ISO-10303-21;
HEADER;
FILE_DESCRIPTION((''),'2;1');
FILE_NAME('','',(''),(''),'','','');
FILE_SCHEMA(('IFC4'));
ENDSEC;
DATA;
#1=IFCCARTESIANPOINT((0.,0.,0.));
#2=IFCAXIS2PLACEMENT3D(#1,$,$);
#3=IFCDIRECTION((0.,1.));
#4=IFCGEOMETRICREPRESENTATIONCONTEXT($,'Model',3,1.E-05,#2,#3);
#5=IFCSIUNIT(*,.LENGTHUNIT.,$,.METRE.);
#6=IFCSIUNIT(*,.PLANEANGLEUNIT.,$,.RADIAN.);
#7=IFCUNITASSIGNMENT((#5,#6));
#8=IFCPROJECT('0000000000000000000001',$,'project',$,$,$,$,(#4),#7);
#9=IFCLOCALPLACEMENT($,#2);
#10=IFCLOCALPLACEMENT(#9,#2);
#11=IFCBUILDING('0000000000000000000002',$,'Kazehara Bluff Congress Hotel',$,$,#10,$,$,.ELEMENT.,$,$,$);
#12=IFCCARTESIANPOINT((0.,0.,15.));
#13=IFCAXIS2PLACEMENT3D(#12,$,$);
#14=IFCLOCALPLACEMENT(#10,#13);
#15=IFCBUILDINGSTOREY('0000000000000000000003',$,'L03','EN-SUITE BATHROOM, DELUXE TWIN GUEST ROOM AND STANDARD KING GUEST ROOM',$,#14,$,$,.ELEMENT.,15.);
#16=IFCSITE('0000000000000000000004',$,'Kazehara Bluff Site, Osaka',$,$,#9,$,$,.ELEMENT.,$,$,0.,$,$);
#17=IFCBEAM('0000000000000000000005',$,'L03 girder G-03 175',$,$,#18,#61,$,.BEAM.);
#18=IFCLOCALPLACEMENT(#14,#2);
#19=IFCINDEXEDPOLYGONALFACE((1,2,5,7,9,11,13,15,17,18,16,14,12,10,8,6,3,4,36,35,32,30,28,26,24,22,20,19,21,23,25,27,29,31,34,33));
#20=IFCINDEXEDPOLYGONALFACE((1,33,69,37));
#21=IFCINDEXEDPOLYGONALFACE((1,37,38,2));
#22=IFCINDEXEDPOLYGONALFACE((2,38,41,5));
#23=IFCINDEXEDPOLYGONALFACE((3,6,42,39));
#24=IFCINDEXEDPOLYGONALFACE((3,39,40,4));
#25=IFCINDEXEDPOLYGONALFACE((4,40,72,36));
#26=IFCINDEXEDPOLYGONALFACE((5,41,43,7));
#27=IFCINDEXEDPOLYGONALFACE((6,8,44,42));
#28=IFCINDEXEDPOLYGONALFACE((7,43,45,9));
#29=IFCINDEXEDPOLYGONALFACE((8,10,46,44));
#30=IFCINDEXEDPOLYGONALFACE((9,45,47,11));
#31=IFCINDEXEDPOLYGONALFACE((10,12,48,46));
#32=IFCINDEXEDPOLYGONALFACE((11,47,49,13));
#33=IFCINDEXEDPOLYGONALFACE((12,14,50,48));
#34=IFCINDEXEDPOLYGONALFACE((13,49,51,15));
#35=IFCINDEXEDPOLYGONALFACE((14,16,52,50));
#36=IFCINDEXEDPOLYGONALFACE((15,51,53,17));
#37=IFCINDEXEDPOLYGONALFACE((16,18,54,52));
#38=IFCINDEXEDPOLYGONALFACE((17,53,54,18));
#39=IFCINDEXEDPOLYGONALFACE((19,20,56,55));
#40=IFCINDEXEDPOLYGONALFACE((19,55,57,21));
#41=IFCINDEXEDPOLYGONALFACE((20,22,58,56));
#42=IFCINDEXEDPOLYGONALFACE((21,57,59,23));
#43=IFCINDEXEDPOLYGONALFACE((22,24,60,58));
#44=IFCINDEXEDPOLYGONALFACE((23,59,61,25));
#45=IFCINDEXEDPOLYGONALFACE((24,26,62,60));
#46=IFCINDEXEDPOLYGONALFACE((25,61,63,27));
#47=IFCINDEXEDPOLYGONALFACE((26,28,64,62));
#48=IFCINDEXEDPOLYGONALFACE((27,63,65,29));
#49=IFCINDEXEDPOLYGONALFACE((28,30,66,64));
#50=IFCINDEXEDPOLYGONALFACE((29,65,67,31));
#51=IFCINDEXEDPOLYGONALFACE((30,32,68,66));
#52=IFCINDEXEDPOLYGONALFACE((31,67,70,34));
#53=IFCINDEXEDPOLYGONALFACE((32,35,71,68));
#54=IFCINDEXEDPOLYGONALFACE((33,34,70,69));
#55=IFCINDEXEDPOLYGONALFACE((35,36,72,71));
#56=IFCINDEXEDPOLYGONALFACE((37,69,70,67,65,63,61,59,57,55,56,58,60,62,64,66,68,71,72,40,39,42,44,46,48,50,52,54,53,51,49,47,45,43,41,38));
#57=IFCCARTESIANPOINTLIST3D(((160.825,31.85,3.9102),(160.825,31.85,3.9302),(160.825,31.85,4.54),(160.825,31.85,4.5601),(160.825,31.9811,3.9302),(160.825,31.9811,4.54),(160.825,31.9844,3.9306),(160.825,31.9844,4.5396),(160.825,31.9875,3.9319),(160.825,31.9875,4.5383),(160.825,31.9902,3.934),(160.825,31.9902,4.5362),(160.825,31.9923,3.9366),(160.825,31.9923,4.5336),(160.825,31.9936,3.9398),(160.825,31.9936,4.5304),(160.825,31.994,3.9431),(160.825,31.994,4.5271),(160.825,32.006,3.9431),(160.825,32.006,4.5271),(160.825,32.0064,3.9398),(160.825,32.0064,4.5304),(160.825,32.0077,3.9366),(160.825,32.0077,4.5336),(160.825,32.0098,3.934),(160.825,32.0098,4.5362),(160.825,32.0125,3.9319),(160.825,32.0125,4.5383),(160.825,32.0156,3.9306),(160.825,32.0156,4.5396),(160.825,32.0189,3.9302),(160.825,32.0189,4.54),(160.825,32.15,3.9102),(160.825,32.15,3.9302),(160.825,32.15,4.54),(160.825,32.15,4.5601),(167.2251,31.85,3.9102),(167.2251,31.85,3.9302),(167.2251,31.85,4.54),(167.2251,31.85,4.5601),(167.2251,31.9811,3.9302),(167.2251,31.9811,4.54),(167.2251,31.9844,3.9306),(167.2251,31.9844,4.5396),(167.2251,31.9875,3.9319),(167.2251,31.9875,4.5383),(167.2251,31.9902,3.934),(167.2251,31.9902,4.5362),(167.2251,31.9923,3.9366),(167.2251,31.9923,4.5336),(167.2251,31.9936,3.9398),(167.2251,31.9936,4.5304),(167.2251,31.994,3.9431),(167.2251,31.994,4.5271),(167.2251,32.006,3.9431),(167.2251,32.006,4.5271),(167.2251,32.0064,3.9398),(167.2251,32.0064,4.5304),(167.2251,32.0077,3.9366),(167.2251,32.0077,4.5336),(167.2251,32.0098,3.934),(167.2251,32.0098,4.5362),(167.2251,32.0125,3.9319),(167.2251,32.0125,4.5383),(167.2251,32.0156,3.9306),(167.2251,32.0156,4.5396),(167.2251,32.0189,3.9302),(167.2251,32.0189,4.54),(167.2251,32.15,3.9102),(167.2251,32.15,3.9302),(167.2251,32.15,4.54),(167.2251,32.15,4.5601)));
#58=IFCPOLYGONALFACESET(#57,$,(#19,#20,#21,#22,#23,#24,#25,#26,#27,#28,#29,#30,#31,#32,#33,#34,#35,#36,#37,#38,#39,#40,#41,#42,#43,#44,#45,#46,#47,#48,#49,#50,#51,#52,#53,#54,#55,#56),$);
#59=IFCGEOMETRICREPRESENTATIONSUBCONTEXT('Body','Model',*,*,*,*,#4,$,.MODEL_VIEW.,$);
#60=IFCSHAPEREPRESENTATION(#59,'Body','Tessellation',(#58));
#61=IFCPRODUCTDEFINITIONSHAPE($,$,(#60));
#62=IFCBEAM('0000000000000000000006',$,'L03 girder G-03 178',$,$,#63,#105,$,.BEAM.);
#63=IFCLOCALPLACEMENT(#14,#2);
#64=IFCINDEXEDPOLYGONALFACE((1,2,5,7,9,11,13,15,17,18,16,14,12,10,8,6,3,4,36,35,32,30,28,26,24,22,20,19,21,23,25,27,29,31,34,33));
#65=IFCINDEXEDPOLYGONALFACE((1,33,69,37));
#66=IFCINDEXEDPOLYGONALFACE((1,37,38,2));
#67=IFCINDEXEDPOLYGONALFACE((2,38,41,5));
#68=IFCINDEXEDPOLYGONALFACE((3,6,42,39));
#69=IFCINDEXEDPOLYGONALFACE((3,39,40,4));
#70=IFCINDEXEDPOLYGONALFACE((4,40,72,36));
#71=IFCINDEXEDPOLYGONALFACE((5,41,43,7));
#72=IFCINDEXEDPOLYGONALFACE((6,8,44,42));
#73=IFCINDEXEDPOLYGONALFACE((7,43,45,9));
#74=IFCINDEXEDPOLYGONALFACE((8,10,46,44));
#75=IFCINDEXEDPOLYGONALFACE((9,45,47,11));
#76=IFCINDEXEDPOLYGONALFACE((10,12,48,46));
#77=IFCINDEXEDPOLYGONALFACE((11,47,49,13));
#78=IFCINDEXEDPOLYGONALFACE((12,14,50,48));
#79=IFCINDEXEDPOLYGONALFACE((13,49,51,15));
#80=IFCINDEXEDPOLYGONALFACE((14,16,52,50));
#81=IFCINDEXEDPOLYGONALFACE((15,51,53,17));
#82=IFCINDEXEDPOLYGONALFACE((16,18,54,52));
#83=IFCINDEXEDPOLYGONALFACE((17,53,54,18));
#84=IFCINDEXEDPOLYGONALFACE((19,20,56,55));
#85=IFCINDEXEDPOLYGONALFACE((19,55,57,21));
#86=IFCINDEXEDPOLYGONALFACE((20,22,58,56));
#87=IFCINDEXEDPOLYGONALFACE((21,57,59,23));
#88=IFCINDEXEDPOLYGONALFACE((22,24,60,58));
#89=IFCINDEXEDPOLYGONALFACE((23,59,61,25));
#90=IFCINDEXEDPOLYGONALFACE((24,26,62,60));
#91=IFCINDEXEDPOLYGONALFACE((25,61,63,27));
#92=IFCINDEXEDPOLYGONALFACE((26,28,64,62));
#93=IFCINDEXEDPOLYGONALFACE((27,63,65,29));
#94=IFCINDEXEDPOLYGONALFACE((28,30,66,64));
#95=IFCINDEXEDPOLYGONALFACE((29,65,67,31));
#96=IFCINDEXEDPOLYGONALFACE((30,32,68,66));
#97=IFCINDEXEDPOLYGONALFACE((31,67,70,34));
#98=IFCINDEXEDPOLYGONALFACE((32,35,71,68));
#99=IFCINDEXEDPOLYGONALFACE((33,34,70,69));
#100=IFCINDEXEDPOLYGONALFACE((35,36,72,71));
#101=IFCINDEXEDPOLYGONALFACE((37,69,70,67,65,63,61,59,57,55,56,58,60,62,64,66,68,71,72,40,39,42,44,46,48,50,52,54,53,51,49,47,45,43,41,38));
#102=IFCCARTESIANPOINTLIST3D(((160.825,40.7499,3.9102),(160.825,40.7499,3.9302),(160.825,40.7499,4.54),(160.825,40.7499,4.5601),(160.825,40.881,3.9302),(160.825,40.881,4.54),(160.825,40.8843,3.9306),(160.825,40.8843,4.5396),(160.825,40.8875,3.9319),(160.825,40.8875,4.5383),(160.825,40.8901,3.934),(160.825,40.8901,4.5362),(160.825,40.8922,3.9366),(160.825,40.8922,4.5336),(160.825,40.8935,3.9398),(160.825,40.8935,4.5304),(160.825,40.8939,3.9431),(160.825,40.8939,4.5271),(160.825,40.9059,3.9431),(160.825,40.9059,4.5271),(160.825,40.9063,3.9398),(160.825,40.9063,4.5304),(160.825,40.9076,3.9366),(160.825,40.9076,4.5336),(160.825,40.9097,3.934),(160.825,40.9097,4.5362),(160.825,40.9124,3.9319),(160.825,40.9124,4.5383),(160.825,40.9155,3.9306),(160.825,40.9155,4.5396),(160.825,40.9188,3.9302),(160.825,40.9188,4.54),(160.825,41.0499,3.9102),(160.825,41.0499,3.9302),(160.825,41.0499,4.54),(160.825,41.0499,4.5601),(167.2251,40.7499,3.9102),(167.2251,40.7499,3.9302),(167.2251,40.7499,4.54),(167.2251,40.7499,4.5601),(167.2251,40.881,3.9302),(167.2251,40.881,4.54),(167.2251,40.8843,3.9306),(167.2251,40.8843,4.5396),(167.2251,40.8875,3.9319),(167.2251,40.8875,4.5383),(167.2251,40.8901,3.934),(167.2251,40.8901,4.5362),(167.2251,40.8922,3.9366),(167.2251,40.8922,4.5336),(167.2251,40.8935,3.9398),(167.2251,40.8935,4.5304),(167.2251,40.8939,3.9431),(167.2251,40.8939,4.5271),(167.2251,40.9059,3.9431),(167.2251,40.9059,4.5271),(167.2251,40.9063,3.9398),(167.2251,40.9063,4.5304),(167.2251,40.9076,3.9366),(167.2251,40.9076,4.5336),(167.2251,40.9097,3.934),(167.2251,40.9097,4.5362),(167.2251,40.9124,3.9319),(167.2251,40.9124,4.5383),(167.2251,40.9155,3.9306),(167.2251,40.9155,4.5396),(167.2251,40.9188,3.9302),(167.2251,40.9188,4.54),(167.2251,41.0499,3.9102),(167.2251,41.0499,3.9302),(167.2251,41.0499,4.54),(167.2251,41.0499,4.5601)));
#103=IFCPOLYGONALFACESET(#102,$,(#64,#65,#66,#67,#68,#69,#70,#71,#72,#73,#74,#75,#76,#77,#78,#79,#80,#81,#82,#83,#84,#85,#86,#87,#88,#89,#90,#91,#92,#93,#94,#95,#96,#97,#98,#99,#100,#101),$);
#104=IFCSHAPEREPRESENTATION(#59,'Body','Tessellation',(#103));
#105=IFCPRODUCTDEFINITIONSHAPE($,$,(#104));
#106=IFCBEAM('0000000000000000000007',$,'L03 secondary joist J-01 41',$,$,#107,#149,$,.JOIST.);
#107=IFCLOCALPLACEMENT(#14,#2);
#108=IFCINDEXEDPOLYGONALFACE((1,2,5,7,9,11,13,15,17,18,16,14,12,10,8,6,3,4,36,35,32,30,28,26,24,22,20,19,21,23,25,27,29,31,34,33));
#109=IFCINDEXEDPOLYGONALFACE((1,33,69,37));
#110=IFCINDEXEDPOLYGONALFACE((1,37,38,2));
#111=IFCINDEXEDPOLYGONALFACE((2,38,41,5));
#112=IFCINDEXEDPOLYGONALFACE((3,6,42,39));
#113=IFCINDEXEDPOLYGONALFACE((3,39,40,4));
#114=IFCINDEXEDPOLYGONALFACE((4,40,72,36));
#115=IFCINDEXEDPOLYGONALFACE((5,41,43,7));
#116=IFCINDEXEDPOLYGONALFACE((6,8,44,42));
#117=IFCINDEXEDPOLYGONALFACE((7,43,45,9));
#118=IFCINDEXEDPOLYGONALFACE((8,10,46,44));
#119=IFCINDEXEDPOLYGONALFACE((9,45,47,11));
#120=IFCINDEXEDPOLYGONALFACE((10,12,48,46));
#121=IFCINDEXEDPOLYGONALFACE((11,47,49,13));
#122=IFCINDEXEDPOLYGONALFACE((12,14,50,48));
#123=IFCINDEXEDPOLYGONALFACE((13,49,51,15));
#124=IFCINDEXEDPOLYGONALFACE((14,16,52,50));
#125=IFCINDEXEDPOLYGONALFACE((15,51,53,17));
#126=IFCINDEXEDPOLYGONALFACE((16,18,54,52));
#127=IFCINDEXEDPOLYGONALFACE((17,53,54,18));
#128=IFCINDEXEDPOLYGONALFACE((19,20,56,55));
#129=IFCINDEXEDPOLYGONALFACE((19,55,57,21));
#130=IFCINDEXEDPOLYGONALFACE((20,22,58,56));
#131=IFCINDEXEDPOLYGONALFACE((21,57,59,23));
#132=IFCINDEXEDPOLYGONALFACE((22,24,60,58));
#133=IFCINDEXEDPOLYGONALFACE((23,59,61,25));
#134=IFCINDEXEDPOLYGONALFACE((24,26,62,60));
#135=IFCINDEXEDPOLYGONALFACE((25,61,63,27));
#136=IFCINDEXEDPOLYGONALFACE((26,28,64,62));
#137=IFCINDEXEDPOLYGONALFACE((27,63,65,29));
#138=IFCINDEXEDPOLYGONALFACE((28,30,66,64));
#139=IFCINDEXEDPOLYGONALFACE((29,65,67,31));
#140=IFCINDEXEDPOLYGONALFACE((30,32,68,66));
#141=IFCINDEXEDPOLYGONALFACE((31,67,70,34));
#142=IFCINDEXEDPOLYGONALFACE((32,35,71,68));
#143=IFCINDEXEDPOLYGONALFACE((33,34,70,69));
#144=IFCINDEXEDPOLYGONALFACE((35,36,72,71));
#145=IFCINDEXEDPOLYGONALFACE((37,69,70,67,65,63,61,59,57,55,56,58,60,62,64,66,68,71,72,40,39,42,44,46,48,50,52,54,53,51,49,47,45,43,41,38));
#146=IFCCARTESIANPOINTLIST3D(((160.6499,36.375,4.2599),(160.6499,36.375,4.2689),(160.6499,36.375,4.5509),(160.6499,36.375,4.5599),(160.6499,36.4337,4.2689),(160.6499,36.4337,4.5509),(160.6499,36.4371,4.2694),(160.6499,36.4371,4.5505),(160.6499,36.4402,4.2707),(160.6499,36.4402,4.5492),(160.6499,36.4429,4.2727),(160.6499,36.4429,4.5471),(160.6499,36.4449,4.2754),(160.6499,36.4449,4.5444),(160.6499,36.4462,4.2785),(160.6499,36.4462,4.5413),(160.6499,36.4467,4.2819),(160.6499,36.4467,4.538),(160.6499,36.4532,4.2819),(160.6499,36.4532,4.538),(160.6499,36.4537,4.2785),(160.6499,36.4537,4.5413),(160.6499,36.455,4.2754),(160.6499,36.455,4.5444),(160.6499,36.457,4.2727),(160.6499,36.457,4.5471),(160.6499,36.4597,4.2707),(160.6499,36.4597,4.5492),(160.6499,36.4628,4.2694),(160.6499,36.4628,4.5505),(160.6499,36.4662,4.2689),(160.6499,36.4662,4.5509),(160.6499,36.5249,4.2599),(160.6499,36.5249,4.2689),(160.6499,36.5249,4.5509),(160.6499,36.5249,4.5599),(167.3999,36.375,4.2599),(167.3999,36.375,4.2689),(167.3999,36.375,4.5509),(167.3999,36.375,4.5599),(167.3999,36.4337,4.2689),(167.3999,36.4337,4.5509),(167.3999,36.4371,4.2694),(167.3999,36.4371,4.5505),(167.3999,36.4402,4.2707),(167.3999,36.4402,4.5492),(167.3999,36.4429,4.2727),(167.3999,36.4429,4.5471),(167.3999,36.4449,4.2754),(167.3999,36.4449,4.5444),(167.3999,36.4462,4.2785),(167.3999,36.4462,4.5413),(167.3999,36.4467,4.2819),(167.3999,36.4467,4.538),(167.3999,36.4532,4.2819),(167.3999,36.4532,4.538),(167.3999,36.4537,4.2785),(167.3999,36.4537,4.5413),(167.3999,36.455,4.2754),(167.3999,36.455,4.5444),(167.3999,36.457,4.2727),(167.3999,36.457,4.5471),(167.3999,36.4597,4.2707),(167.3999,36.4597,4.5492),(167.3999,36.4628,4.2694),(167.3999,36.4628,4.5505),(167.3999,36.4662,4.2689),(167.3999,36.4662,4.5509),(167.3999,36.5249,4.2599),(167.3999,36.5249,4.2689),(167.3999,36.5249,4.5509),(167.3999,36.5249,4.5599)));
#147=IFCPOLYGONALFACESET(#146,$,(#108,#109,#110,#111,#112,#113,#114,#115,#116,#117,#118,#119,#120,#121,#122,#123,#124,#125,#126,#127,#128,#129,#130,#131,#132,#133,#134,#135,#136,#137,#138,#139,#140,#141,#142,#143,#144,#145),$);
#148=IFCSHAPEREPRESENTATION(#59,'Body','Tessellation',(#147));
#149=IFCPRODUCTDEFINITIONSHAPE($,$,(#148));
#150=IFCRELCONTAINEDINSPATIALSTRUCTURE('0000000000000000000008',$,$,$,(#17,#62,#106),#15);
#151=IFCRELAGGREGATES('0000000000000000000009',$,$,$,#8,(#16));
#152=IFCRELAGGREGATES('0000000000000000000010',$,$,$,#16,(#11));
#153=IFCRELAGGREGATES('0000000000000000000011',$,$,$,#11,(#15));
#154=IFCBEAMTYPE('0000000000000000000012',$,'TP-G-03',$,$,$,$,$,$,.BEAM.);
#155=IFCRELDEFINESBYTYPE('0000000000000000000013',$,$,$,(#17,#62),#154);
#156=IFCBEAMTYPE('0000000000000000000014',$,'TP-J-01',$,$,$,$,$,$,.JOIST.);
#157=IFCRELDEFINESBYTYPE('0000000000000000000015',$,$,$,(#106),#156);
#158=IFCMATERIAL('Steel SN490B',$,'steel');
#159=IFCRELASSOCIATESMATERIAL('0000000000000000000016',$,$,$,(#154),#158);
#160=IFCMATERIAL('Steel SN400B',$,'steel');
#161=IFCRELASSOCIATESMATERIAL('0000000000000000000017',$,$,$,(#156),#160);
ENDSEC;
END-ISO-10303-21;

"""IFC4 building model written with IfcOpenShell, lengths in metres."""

from ifc_helpers import new_model, si_unit, direction, frame, origin, origin_2d, place, context, subcontext, project, spatial, i_section, extrude, material, material_profile, profile_set, type_object, element, save


model = new_model("IFC4")

# Units and contexts
model_context = context("Model", 3, precision=1e-05, world=origin(), true_north=direction((0.0, 1.0)))
body_context = subcontext(model_context, "Body", "Model", "MODEL_VIEW")
ifc_project = project(units=[si_unit("LENGTHUNIT", "METRE"), si_unit("PLANEANGLEUNIT", "RADIAN")], contexts=[model_context])

# Site, building, storey
site_placement = place(None, origin())
site = spatial("IfcSite", under=ifc_project, at=site_placement, Name="Kazehara Bluff Site, Osaka", CompositionType="ELEMENT", RefElevation=0.0)
building_placement = place(site_placement, origin())
building = spatial("IfcBuilding", under=site, at=building_placement, Name="Kazehara Bluff Congress Hotel", CompositionType="ELEMENT")
storey_placement = place(building_placement, frame((0.0, 0.0, 15.0)))
storey = spatial("IfcBuildingStorey", under=building, at=storey_placement, Name="L03", Description="EN-SUITE BATHROOM, DELUXE TWIN GUEST ROOM AND STANDARD KING GUEST ROOM", CompositionType="ELEMENT", Elevation=15.0)

# Beams
ifc_material_1 = material(Name="Steel SN490B", Category="steel")
ifc_material_profile_1 = material_profile(ifc_material_1, i_section(OverallWidth=0.3, OverallDepth=0.6499, WebThickness=0.012, FlangeThickness=0.02, FilletRadius=0.0129, at=origin_2d()))
ifc_profile_set_1 = profile_set([ifc_material_profile_1], Name="Steel SN490B")
beam_type_1 = type_object("IfcBeamType", Name="TP-G-03", PredefinedType="BEAM", material=ifc_profile_set_1)
for number, where, z_axis, x_axis, name in (
    (1, (160.825, 32.0, 4.2351), (1.0, 0.0, 0.0), (0.0, 1.0, 0.0), "L03 girder G-03 175"),
    (2, (160.825, 40.8999, 4.2351), (1.0, 0.0, 0.0), (0.0, 1.0, 0.0), "L03 girder G-03 178"),
):
    element("IfcBeam", number, at=place(storey_placement, frame(where, z_axis=z_axis, x_axis=x_axis)), inside=storey, type_object=beam_type_1, Name=name, PredefinedType="BEAM", context=body_context, shape_type="SweptSolid", body=[
        extrude(i_section(OverallWidth=0.3, OverallDepth=0.6499, WebThickness=0.012, FlangeThickness=0.02, FilletRadius=0.0129, at=origin_2d()), origin(), (0.0, 0.0, 1.0), 6.4001),
    ])
ifc_material_2 = material(Name="Steel SN400B", Category="steel")
ifc_material_profile_2 = material_profile(ifc_material_2, i_section(OverallWidth=0.1499, OverallDepth=0.3, WebThickness=0.0066, FlangeThickness=0.009, FilletRadius=0.0129, at=origin_2d()))
ifc_profile_set_2 = profile_set([ifc_material_profile_2], Name="Steel SN400B")
beam_type_2 = type_object("IfcBeamType", Name="TP-J-01", PredefinedType="JOIST", material=ifc_profile_set_2)
beam_placement = place(storey_placement, frame((160.6499, 36.45, 4.4099), z_axis=(1.0, 0.0, 0.0), x_axis=(0.0, 1.0, 0.0)))
element("IfcBeam", 3, at=beam_placement, inside=storey, type_object=beam_type_2, Name="L03 secondary joist J-01 41", PredefinedType="JOIST", context=body_context, shape_type="SweptSolid", body=[
    extrude(i_section(OverallWidth=0.1499, OverallDepth=0.3, WebThickness=0.0066, FlangeThickness=0.009, FilletRadius=0.0129, at=origin_2d()), origin(), (0.0, 0.0, 1.0), 6.75),
])

save(model, "model.ifc")
